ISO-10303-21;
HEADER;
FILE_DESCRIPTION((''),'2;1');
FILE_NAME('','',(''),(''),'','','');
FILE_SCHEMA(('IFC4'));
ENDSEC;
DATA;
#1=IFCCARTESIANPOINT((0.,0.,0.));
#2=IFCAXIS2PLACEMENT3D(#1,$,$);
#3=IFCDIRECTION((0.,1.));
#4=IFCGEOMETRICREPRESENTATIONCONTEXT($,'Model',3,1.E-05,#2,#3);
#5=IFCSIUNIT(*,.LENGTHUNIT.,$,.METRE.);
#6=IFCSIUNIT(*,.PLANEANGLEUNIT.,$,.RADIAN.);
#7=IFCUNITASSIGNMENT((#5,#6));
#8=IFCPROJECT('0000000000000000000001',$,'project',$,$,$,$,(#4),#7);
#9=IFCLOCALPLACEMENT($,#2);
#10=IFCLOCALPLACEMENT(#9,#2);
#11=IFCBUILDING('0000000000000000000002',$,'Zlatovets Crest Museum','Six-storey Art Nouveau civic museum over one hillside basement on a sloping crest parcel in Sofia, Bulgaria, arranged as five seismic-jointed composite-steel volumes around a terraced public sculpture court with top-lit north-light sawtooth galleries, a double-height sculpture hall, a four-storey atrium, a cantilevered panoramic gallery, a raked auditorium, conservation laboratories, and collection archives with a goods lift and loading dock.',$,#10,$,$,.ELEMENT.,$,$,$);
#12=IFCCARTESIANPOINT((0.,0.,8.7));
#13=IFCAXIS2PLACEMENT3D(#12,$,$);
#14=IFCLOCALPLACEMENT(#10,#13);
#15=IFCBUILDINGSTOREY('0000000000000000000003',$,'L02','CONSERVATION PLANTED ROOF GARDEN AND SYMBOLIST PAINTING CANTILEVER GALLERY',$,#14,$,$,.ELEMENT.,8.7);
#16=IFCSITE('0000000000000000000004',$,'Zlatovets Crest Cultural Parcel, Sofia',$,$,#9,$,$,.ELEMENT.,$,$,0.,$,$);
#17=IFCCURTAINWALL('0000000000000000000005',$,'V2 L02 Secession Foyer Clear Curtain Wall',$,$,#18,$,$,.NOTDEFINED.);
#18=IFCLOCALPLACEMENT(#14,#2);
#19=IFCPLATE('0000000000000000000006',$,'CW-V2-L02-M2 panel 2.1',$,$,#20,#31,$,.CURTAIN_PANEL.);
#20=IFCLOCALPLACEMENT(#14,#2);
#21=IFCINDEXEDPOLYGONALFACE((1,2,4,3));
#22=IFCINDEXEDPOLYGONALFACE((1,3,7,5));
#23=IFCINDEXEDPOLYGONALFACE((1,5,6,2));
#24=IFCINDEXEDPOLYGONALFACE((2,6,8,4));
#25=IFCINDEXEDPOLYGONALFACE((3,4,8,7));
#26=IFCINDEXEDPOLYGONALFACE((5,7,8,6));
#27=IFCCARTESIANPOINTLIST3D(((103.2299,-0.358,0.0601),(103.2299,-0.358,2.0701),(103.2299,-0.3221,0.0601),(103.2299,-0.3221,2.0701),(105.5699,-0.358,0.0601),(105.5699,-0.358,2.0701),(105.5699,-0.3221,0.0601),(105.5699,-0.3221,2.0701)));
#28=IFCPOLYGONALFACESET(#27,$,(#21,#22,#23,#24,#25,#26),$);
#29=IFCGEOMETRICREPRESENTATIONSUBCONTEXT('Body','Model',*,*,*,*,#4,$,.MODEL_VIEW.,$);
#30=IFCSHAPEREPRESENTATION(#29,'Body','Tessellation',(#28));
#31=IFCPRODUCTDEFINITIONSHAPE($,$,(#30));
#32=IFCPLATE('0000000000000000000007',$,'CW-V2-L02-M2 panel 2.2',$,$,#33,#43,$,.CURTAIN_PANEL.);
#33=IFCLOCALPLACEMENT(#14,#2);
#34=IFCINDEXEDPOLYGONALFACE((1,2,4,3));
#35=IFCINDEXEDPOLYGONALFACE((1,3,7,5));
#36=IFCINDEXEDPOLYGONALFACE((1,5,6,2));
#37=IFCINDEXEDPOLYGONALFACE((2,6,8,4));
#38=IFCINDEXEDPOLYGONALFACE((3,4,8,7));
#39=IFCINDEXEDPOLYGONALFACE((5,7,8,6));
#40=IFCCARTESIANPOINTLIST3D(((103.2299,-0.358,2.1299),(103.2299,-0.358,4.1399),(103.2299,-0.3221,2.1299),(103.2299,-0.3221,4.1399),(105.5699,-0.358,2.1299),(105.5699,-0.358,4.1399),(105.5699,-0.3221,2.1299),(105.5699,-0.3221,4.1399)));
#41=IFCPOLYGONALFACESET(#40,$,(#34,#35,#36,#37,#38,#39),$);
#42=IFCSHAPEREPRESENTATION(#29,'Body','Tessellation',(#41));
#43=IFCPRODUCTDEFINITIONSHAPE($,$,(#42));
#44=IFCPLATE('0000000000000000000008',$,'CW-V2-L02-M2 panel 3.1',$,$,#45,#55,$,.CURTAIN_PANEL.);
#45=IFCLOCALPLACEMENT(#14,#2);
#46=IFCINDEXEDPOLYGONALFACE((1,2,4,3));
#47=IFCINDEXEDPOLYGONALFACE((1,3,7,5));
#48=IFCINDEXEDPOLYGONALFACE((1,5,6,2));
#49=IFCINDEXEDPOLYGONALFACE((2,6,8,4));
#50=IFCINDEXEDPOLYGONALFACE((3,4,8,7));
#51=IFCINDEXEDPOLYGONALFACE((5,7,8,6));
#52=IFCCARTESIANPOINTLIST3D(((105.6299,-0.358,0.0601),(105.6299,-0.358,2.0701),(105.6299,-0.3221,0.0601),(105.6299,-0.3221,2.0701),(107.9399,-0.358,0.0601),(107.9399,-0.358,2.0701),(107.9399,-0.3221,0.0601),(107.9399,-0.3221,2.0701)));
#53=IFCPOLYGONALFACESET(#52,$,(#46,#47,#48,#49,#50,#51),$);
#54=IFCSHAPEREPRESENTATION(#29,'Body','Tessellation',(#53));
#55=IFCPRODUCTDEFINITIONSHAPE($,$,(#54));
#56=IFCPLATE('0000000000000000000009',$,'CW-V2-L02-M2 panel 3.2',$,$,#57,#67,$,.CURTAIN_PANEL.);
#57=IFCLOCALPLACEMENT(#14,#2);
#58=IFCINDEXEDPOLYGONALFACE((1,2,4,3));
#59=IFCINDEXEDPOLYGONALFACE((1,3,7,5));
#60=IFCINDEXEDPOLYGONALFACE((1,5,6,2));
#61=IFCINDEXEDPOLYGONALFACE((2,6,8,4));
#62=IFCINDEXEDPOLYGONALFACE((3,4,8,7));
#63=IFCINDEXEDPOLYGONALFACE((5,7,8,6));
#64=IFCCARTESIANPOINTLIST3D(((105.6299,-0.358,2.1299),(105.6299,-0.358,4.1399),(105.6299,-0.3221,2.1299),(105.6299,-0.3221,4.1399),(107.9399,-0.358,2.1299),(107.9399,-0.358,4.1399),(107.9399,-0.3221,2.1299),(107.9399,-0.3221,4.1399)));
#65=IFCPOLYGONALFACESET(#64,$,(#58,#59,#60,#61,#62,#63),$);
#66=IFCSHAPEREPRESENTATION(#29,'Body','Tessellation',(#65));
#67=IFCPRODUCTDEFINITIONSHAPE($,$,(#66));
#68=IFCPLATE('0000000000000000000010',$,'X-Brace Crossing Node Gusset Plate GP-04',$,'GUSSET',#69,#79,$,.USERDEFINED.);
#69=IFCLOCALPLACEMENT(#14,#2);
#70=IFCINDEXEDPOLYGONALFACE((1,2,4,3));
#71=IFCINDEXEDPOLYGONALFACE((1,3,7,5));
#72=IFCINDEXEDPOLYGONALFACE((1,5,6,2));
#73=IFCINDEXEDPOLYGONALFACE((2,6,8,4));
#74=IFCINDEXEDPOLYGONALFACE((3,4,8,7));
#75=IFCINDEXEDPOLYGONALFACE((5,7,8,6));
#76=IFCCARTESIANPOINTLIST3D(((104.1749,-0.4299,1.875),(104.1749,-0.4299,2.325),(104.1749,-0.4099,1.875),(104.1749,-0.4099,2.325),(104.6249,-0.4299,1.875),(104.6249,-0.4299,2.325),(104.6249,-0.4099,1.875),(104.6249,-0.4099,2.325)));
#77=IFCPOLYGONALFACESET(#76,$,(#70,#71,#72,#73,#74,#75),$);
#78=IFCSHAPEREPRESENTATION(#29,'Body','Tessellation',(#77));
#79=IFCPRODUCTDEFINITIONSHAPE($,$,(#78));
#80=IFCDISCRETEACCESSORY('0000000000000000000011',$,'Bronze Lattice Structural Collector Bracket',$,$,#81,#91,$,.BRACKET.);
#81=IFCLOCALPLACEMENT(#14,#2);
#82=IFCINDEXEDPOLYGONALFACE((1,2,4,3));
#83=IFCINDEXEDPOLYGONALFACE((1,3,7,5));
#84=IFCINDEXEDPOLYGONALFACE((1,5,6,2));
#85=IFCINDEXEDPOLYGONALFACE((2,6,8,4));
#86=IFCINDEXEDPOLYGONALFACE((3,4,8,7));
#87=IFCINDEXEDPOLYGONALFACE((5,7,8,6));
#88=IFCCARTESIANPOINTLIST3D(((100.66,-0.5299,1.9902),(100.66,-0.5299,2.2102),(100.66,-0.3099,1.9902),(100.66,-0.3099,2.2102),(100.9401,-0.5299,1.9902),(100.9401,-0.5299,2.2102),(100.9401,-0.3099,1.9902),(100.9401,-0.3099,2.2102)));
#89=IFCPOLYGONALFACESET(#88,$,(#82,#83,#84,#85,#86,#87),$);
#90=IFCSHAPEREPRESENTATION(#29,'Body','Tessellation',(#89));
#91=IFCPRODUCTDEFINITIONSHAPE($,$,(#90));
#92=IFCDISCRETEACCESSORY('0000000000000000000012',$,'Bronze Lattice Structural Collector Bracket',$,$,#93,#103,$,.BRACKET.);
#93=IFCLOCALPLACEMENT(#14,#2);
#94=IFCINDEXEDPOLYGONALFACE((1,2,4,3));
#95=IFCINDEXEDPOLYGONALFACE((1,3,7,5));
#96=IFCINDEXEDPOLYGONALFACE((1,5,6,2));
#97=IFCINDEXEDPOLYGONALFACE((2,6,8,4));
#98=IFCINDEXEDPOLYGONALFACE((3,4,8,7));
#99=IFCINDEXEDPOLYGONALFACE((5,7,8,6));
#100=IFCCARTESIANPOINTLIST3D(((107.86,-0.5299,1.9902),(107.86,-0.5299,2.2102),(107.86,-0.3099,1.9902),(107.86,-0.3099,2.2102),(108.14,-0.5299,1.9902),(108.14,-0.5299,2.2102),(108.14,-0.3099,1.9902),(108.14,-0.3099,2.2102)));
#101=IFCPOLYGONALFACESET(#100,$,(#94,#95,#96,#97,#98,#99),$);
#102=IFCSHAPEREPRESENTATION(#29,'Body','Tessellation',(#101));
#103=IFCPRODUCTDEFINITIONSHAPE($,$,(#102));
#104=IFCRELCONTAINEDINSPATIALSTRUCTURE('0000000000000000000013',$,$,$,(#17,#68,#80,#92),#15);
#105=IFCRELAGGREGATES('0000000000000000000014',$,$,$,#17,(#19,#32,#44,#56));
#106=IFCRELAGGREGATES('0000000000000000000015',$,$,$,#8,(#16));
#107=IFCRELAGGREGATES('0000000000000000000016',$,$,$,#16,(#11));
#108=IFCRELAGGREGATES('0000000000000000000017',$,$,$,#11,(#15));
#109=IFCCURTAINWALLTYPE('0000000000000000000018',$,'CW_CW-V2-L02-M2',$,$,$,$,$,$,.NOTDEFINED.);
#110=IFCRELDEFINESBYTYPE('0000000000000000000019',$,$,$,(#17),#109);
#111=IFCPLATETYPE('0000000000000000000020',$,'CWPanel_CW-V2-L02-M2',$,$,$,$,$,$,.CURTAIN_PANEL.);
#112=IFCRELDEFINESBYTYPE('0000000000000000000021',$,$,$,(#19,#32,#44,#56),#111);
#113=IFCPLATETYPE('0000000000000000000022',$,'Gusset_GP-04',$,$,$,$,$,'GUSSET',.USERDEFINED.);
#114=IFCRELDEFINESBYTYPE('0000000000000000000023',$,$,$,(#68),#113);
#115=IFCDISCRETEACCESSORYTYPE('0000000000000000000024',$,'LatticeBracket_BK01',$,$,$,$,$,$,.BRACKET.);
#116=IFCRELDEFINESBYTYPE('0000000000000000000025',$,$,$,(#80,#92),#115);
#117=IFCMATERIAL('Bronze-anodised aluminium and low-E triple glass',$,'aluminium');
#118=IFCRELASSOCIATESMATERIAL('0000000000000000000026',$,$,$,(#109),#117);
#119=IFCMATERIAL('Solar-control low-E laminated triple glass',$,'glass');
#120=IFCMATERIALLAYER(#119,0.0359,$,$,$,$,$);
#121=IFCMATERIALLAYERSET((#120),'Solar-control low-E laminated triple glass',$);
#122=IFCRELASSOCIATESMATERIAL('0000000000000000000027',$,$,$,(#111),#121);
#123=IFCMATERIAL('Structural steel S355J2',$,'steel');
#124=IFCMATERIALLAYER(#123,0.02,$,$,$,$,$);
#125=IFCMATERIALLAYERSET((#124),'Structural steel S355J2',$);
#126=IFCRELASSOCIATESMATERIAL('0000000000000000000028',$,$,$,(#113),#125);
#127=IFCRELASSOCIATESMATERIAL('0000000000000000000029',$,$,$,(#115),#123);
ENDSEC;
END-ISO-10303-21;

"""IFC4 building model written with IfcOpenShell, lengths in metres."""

from ifc_helpers import new_model, si_unit, direction, frame, origin, origin_2d, place, context, subcontext, project, spatial, rectangle, extrude, material, layer, layer_set, type_object, element, aggregate, save


model = new_model("IFC4")

# Units and contexts
model_context = context("Model", 3, precision=1e-05, world=origin(), true_north=direction((0.0, 1.0)))
body_context = subcontext(model_context, "Body", "Model", "MODEL_VIEW")
ifc_project = project(units=[si_unit("LENGTHUNIT", "METRE"), si_unit("PLANEANGLEUNIT", "RADIAN")], contexts=[model_context])

# Site, building, storey
site_placement = place(None, origin())
site = spatial("IfcSite", under=ifc_project, at=site_placement, Name="Zlatovets Crest Cultural Parcel, Sofia", CompositionType="ELEMENT", RefElevation=0.0)
building_placement = place(site_placement, origin())
building = spatial("IfcBuilding", under=site, at=building_placement, Name="Zlatovets Crest Museum", Description="Six-storey Art Nouveau civic museum over one hillside basement on a sloping crest parcel in Sofia, Bulgaria, arranged as five seismic-jointed composite-steel volumes around a terraced public sculpture court with top-lit north-light sawtooth galleries, a double-height sculpture hall, a four-storey atrium, a cantilevered panoramic gallery, a raked auditorium, conservation laboratories, and collection archives with a goods lift and loading dock.", CompositionType="ELEMENT")
storey_placement = place(building_placement, frame((0.0, 0.0, 8.7)))
storey = spatial("IfcBuildingStorey", under=building, at=storey_placement, Name="L02", Description="CONSERVATION PLANTED ROOF GARDEN AND SYMBOLIST PAINTING CANTILEVER GALLERY", CompositionType="ELEMENT", Elevation=8.7)

# Shared definitions
ifc_material_1 = material(Name="Structural steel S355J2", Category="steel")

# Shared definitions
ifc_material_2 = material(Name="Bronze-anodised aluminium and low-E triple glass", Category="aluminium")

# Curtain wall
curtain_wall_type_1 = type_object("IfcCurtainWallType", Name="CW_CW-V2-L02-M2", PredefinedType="NOTDEFINED", material=ifc_material_2)
curtain_wall_1_placement = place(storey_placement, origin())
curtain_wall_1 = element("IfcCurtainWall", 1, at=curtain_wall_1_placement, inside=storey, type_object=curtain_wall_type_1, Name="V2 L02 Secession Foyer Clear Curtain Wall", PredefinedType="NOTDEFINED")

# Plates
ifc_material_3 = material(Name="Solar-control low-E laminated triple glass", Category="glass")
ifc_layer_1 = layer(ifc_material_3, 0.0359)
ifc_layer_set_1 = layer_set([ifc_layer_1], Name="Solar-control low-E laminated triple glass")
plate_type_1 = type_object("IfcPlateType", Name="CWPanel_CW-V2-L02-M2", PredefinedType="CURTAIN_PANEL", material=ifc_layer_set_1)
plate_1_placement = place(storey_placement, frame((104.3999, -0.3401, 0.0601), z_axis=(0.0, 0.0, 1.0), x_axis=(1.0, 0.0, 0.0)))
plate_1 = element("IfcPlate", 2, at=plate_1_placement, type_object=plate_type_1, Name="CW-V2-L02-M2 panel 2.1", PredefinedType="CURTAIN_PANEL", context=body_context, shape_type="SweptSolid", body=[
    extrude(rectangle(XDim=2.3401, YDim=0.0359, at=origin_2d()), origin(), (0.0, 0.0, 1.0), 2.01),
])
plate_2_placement = place(storey_placement, frame((104.3999, -0.3401, 2.1299), z_axis=(0.0, 0.0, 1.0), x_axis=(1.0, 0.0, 0.0)))
plate_2 = element("IfcPlate", 3, at=plate_2_placement, type_object=plate_type_1, Name="CW-V2-L02-M2 panel 2.2", PredefinedType="CURTAIN_PANEL", context=body_context, shape_type="SweptSolid", body=[
    extrude(rectangle(XDim=2.3401, YDim=0.0359, at=origin_2d()), origin(), (0.0, 0.0, 1.0), 2.01),
])
plate_3_placement = place(storey_placement, frame((106.7849, -0.3401, 0.0601), z_axis=(0.0, 0.0, 1.0), x_axis=(1.0, 0.0, 0.0)))
plate_3 = element("IfcPlate", 4, at=plate_3_placement, type_object=plate_type_1, Name="CW-V2-L02-M2 panel 3.1", PredefinedType="CURTAIN_PANEL", context=body_context, shape_type="SweptSolid", body=[
    extrude(rectangle(XDim=2.3101, YDim=0.0359, at=origin_2d()), origin(), (0.0, 0.0, 1.0), 2.01),
])
plate_4_placement = place(storey_placement, frame((106.7849, -0.3401, 2.1299), z_axis=(0.0, 0.0, 1.0), x_axis=(1.0, 0.0, 0.0)))
plate_4 = element("IfcPlate", 5, at=plate_4_placement, type_object=plate_type_1, Name="CW-V2-L02-M2 panel 3.2", PredefinedType="CURTAIN_PANEL", context=body_context, shape_type="SweptSolid", body=[
    extrude(rectangle(XDim=2.3101, YDim=0.0359, at=origin_2d()), origin(), (0.0, 0.0, 1.0), 2.01),
])
aggregate(curtain_wall_1, [plate_1, plate_2, plate_3, plate_4])
ifc_layer_2 = layer(ifc_material_1, 0.02)
ifc_layer_set_2 = layer_set([ifc_layer_2], Name="Structural steel S355J2")
plate_type_2 = type_object("IfcPlateType", Name="Gusset_GP-04", ElementType="GUSSET", PredefinedType="USERDEFINED", material=ifc_layer_set_2)
plate_5_placement = place(storey_placement, frame((104.3999, -0.4199, 1.875), z_axis=(0.0, 0.0, 1.0), x_axis=(1.0, 0.0, 0.0)))
element("IfcPlate", 6, at=plate_5_placement, inside=storey, type_object=plate_type_2, Name="X-Brace Crossing Node Gusset Plate GP-04", ObjectType="GUSSET", PredefinedType="USERDEFINED", context=body_context, shape_type="SweptSolid", body=[
    extrude(rectangle(XDim=0.45, YDim=0.02, at=origin_2d()), origin(), (0.0, 0.0, 1.0), 0.45),
])

# Discrete accessories
discrete_accessory_type = type_object("IfcDiscreteAccessoryType", Name="LatticeBracket_BK01", PredefinedType="BRACKET", material=ifc_material_1)
for number, where, z_axis, x_axis, name in (
    (7, (100.8, -0.4199, 1.9902), (0.0, 0.0, 1.0), (1.0, 0.0, 0.0), "Bronze Lattice Structural Collector Bracket"),
    (8, (108.0, -0.4199, 1.9902), (0.0, 0.0, 1.0), (1.0, 0.0, 0.0), "Bronze Lattice Structural Collector Bracket"),
):
    element("IfcDiscreteAccessory", number, at=place(storey_placement, frame(where, z_axis=z_axis, x_axis=x_axis)), inside=storey, type_object=discrete_accessory_type, Name=name, PredefinedType="BRACKET", context=body_context, shape_type="SweptSolid", body=[
        extrude(rectangle(XDim=0.28, YDim=0.22, at=origin_2d()), origin(), (0.0, 0.0, 1.0), 0.22),
    ])

save(model, "model.ifc")
